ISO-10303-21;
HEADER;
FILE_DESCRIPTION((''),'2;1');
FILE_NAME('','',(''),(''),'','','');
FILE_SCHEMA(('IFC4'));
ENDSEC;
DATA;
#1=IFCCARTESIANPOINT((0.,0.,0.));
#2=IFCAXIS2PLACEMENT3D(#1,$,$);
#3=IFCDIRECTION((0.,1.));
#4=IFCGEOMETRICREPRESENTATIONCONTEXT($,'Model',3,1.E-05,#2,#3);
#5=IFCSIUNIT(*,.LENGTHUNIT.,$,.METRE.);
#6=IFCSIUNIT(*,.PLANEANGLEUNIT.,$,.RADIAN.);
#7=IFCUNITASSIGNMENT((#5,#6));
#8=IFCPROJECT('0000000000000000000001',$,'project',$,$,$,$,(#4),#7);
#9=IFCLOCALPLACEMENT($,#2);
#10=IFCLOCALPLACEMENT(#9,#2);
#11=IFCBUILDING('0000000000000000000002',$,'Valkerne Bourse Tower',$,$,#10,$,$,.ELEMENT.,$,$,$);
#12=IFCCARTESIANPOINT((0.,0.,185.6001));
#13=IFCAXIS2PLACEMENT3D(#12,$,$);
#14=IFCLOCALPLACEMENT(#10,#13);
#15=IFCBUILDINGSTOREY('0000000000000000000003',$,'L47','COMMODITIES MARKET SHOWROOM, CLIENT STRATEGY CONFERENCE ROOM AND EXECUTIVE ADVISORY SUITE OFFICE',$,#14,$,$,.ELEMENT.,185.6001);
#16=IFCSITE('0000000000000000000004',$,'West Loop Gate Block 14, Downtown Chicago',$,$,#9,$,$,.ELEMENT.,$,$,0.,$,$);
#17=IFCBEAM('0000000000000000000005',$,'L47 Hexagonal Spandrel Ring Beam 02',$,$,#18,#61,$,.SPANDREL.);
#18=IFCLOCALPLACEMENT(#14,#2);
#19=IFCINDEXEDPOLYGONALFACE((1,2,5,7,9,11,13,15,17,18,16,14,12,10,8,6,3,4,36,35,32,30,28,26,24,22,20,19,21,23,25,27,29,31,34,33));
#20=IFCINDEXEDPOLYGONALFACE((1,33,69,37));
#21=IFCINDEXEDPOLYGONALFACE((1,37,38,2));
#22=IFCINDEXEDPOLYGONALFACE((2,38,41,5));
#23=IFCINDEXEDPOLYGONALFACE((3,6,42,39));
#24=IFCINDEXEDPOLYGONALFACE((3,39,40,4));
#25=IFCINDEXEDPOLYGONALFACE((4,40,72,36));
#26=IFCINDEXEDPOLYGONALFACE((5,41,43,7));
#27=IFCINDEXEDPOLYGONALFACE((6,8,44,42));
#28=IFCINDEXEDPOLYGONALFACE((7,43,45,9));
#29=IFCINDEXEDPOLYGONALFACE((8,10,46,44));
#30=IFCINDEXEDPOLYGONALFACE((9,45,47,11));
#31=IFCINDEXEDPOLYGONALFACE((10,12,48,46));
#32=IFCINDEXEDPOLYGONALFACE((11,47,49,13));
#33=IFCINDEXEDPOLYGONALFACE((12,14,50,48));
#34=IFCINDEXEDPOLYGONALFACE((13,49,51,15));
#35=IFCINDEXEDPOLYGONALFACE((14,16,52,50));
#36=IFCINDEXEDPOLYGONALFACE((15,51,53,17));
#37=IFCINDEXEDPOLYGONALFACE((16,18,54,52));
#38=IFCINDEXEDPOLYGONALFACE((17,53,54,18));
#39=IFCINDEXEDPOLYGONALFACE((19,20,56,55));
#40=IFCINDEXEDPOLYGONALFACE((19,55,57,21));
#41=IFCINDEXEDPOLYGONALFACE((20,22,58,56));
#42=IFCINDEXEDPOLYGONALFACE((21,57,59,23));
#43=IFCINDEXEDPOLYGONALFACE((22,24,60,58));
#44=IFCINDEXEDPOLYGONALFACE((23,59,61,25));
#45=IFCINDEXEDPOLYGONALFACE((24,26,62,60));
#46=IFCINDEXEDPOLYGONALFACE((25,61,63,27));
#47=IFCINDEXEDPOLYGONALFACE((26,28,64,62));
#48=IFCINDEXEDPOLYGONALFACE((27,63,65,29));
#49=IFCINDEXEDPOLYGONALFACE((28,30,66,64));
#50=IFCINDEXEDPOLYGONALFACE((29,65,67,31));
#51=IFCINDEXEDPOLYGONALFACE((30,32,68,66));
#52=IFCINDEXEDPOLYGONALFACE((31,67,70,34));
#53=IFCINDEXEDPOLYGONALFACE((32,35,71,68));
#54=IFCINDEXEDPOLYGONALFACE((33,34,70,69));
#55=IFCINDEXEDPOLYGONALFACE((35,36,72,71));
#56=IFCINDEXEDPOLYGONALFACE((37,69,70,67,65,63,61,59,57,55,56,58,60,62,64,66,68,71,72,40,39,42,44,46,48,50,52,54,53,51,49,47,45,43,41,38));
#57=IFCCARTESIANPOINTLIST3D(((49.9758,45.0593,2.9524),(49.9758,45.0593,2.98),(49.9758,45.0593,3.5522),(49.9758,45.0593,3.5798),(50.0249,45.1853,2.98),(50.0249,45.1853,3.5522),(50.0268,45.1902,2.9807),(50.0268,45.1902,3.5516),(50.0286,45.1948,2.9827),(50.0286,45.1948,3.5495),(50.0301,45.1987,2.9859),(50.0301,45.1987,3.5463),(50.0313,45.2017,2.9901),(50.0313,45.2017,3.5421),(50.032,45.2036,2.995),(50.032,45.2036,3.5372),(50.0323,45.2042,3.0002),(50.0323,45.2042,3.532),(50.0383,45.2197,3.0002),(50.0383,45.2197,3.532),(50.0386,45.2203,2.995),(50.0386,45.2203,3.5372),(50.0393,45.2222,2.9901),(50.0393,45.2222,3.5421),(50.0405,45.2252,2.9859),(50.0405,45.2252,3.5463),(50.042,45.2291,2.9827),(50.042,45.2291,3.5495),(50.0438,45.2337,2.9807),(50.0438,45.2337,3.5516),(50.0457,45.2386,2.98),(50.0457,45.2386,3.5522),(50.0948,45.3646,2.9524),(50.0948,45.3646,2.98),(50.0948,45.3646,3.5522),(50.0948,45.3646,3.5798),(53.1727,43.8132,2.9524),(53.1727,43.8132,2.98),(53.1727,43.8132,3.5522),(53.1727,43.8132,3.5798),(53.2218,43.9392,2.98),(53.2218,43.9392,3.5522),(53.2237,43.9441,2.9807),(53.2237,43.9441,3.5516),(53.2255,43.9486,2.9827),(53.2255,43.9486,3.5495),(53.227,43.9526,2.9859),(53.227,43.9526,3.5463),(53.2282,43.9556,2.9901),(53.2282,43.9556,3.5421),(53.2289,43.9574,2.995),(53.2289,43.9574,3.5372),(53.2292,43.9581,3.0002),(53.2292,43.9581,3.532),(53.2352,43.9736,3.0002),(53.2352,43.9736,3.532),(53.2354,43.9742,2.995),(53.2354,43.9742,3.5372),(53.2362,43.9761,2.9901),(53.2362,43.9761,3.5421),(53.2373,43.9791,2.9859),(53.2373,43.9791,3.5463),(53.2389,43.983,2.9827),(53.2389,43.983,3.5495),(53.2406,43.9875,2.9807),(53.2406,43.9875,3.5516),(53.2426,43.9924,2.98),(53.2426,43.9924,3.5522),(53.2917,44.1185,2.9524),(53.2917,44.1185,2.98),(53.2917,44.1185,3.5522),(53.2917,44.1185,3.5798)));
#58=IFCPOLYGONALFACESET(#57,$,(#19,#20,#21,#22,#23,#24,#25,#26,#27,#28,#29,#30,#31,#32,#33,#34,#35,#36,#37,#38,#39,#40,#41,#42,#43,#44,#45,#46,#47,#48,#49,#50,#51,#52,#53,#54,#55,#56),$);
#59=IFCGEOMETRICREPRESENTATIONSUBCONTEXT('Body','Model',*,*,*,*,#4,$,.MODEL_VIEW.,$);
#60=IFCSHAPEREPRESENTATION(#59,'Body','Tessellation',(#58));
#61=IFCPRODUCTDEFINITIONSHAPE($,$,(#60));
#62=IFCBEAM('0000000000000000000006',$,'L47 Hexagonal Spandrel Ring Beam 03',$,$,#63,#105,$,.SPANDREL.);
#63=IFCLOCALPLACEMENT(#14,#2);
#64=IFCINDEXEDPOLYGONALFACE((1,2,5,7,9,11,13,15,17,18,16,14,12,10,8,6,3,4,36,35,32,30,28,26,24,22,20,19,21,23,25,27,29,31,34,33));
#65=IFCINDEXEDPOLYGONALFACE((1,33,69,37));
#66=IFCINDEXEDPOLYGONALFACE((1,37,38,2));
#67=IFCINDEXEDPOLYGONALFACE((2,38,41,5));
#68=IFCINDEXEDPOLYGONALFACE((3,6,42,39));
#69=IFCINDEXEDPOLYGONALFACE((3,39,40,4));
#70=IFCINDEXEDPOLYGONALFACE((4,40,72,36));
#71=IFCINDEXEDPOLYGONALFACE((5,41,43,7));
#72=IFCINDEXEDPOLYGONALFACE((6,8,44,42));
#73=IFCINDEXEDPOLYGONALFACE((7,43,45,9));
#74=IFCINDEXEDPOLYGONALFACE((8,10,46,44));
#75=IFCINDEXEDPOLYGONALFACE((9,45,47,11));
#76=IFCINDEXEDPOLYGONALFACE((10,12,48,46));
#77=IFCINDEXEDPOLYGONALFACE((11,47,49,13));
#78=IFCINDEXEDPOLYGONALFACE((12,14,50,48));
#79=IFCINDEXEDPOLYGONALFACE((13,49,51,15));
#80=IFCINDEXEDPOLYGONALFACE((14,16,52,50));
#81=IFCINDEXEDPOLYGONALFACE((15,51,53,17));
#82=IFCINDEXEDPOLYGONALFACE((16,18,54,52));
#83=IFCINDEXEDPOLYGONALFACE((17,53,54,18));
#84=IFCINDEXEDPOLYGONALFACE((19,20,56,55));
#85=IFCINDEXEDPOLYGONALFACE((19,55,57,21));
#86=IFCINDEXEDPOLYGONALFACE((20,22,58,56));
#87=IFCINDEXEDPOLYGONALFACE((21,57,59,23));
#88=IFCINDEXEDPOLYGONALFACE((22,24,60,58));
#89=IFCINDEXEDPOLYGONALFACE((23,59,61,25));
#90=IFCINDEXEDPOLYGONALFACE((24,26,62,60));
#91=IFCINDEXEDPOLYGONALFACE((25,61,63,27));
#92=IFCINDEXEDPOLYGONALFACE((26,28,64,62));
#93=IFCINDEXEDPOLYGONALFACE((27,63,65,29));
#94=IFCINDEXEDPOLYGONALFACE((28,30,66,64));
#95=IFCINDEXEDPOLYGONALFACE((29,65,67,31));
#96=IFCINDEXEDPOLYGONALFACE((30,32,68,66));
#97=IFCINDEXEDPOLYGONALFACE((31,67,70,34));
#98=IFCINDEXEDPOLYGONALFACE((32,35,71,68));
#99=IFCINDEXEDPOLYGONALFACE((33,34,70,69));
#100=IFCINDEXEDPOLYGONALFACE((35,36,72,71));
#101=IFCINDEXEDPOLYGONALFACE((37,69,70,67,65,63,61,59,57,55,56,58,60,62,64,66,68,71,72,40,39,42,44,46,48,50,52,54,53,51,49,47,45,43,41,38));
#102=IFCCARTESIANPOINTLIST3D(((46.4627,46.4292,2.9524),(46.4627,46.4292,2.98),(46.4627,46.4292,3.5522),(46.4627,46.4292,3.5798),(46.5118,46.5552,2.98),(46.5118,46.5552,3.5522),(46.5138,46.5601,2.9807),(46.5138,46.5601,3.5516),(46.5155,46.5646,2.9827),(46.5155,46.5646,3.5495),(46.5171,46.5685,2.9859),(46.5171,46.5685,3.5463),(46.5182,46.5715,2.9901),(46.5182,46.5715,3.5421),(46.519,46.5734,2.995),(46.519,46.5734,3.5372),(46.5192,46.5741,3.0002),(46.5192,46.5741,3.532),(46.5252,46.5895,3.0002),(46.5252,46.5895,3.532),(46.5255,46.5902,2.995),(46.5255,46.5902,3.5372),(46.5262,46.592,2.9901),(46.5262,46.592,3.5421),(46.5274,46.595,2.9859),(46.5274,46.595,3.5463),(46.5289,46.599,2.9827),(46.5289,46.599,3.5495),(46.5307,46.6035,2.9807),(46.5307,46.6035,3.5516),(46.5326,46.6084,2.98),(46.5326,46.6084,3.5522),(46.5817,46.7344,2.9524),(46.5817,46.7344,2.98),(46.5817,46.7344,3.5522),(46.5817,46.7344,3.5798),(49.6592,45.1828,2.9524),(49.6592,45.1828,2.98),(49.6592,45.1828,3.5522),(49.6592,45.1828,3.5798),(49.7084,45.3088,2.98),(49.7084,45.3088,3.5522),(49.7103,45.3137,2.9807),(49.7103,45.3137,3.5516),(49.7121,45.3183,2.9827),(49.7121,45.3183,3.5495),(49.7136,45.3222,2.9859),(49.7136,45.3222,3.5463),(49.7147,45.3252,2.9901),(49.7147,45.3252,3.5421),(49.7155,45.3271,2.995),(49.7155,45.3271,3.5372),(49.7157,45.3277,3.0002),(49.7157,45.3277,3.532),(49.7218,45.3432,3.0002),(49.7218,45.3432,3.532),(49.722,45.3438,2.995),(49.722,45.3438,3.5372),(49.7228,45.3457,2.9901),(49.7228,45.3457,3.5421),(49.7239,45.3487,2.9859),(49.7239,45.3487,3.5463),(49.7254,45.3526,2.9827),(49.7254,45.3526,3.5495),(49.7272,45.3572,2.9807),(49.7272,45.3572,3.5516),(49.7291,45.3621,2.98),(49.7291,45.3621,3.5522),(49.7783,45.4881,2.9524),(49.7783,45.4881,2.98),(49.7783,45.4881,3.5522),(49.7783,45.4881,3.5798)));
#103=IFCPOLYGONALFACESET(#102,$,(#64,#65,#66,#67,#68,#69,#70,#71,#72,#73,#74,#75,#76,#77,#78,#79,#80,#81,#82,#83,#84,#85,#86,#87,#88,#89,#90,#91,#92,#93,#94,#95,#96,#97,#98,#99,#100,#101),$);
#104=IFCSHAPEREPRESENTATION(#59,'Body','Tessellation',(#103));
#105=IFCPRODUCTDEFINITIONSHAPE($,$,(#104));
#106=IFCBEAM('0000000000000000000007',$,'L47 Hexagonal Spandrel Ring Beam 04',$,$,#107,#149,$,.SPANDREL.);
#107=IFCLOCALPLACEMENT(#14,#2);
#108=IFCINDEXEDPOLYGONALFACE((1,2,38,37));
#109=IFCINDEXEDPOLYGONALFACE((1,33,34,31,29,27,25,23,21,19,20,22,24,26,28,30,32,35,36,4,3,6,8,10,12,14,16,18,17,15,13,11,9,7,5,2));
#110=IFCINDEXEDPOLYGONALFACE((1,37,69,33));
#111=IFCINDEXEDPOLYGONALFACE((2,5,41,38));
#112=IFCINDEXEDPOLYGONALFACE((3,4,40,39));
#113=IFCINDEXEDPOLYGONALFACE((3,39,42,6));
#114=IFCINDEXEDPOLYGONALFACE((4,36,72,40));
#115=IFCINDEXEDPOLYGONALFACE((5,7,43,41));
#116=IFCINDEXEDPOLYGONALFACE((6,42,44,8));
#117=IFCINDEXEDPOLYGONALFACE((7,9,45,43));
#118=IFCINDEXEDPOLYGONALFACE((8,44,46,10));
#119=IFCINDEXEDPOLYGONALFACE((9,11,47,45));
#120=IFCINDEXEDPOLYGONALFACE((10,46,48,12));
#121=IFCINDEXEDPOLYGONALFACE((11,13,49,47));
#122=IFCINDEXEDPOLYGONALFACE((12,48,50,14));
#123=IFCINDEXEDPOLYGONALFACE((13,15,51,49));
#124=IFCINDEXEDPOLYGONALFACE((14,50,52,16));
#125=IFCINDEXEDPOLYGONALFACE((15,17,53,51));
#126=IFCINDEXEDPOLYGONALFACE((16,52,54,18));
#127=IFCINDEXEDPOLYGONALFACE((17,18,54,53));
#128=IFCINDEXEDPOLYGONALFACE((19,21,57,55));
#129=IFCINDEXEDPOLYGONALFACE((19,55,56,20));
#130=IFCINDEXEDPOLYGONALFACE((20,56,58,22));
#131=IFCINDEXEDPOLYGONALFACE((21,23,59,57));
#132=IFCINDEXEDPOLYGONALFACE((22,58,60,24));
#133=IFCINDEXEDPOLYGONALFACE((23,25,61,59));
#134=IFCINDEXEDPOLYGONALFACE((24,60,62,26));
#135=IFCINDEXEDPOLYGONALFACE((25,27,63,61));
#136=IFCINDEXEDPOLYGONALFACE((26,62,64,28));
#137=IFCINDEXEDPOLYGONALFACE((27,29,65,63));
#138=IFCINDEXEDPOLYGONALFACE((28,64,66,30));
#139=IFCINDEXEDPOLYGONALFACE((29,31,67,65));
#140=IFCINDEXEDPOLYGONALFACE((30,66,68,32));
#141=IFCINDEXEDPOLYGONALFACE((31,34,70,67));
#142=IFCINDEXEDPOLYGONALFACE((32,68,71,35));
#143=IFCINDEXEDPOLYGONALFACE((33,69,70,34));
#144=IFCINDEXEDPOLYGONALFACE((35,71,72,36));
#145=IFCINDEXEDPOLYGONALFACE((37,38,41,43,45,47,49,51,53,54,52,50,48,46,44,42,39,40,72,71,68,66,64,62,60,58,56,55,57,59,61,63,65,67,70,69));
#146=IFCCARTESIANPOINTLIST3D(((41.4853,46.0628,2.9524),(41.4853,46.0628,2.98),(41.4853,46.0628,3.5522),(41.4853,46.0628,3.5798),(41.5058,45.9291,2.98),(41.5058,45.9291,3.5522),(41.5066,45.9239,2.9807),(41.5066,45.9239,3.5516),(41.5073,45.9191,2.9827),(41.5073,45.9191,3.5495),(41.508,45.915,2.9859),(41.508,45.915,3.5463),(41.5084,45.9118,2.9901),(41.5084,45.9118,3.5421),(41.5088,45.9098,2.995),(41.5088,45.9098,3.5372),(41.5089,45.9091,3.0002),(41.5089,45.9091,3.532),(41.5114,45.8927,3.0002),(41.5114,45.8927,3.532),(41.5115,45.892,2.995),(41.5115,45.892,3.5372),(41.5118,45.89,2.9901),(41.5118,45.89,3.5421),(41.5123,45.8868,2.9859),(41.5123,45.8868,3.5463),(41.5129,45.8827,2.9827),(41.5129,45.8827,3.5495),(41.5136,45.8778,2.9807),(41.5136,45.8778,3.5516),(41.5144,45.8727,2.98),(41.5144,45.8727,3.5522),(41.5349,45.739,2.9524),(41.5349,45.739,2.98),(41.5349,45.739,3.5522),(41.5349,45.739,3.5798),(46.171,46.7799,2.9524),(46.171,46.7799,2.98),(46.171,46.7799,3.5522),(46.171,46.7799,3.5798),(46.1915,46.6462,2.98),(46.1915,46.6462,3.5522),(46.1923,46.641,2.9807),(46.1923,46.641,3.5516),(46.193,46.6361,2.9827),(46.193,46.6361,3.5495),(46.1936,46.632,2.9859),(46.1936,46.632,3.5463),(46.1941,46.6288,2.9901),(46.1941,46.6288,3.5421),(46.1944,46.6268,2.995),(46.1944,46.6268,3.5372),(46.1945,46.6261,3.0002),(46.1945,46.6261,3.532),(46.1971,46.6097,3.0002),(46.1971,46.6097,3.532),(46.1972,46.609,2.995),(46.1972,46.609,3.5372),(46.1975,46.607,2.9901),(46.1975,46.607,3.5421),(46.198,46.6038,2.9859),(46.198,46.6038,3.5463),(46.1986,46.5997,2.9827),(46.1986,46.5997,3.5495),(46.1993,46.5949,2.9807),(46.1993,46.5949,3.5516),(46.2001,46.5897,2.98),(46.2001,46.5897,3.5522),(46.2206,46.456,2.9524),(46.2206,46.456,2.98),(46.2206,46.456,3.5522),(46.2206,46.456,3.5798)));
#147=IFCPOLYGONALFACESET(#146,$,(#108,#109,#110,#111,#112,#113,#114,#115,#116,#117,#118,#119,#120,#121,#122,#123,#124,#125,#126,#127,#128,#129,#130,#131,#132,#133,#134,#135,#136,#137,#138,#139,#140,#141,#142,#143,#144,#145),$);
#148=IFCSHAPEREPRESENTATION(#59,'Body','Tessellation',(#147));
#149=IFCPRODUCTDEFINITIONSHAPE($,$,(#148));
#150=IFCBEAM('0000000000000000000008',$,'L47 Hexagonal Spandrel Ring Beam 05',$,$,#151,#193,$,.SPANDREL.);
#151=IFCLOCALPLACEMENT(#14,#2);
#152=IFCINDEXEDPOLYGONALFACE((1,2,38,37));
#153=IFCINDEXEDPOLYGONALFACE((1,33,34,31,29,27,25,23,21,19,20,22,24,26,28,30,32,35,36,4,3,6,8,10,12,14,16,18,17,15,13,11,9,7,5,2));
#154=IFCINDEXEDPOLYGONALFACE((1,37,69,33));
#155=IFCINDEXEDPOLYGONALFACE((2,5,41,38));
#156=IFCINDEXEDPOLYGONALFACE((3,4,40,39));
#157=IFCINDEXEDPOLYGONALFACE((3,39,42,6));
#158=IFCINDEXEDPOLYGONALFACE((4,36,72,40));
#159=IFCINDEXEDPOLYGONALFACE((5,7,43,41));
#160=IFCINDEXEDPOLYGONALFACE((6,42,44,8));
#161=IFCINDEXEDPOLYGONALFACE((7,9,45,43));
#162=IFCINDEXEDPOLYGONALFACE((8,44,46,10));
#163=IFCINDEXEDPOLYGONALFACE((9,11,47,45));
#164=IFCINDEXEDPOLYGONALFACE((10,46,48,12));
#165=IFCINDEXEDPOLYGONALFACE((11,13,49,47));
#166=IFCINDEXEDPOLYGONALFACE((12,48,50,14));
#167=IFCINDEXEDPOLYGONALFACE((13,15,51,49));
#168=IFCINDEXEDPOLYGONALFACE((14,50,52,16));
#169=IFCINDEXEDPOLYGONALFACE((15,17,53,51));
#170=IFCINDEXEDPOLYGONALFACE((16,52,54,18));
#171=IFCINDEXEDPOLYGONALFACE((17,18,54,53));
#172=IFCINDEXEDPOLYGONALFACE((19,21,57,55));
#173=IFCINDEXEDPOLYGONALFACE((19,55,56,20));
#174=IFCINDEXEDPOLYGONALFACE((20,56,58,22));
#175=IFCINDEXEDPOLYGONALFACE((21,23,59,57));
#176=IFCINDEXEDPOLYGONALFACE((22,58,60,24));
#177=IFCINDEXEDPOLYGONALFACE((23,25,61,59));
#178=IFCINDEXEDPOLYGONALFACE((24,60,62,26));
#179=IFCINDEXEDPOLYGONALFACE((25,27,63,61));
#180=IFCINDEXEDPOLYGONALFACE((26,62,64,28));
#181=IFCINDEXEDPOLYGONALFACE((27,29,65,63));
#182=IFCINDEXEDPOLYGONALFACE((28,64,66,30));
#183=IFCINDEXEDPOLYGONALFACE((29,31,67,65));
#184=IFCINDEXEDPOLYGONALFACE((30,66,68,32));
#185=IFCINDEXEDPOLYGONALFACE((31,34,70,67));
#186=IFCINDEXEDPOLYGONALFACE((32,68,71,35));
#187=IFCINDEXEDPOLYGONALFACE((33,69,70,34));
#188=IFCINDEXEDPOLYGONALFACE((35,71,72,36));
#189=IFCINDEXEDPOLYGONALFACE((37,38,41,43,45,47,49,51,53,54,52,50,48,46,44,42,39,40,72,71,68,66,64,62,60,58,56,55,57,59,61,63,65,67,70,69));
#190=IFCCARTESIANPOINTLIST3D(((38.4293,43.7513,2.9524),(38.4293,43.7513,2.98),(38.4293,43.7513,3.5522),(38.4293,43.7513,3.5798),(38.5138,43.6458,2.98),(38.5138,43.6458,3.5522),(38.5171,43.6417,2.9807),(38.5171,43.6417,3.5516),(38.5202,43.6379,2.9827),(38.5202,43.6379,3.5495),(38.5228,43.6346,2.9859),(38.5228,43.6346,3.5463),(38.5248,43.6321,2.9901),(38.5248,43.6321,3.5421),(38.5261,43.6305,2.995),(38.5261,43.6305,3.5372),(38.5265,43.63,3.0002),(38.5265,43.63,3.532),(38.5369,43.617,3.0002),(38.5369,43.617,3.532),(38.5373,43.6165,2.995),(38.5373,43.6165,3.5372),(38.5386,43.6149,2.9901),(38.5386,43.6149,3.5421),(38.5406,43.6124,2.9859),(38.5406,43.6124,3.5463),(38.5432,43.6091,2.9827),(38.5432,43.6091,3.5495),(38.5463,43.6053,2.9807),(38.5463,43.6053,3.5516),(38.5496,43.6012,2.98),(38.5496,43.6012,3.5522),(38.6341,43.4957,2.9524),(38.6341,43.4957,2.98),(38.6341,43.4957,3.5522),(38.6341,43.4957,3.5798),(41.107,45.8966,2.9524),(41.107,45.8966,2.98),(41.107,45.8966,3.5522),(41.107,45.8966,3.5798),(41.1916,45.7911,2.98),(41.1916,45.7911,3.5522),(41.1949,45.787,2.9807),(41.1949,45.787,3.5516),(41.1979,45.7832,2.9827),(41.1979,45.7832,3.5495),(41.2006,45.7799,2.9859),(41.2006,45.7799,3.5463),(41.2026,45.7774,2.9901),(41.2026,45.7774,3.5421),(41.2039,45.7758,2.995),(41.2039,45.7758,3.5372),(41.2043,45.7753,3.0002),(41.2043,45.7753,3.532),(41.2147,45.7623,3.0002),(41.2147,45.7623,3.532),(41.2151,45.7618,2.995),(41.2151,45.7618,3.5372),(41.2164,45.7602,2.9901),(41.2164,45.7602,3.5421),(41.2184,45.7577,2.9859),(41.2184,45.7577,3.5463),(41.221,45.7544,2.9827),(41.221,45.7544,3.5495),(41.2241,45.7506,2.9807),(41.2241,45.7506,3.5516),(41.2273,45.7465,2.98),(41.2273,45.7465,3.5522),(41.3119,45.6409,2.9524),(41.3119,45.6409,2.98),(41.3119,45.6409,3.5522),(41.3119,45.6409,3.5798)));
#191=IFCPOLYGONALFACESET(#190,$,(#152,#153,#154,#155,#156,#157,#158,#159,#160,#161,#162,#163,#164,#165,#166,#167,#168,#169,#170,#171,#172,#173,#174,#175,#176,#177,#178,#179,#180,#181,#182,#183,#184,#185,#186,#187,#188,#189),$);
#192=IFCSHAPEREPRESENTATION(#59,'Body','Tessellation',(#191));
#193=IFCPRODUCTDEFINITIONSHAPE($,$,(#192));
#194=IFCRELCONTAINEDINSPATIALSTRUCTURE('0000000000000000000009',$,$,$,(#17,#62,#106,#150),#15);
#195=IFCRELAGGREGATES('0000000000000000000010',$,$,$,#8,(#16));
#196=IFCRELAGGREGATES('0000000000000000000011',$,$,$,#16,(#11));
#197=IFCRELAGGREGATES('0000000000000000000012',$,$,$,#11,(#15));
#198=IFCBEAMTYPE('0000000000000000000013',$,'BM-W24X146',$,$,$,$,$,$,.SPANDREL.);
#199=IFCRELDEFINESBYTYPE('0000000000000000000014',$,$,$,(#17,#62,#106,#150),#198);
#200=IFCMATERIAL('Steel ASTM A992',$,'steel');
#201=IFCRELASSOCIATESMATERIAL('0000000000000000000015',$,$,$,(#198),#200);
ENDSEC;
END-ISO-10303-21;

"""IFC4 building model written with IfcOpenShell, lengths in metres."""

from ifc_helpers import new_model, si_unit, direction, frame, origin, origin_2d, place, context, subcontext, project, spatial, i_section, extrude, material, material_profile, profile_set, type_object, element, save


model = new_model("IFC4")

# Units and contexts
model_context = context("Model", 3, precision=1e-05, world=origin(), true_north=direction((0.0, 1.0)))
body_context = subcontext(model_context, "Body", "Model", "MODEL_VIEW")
ifc_project = project(units=[si_unit("LENGTHUNIT", "METRE"), si_unit("PLANEANGLEUNIT", "RADIAN")], contexts=[model_context])

# Site, building, storey
site_placement = place(None, origin())
site = spatial("IfcSite", under=ifc_project, at=site_placement, Name="West Loop Gate Block 14, Downtown Chicago", CompositionType="ELEMENT", RefElevation=0.0)
building_placement = place(site_placement, origin())
building = spatial("IfcBuilding", under=site, at=building_placement, Name="Valkerne Bourse Tower", CompositionType="ELEMENT")
storey_placement = place(building_placement, frame((0.0, 0.0, 185.6001)))
storey = spatial("IfcBuildingStorey", under=building, at=storey_placement, Name="L47", Description="COMMODITIES MARKET SHOWROOM, CLIENT STRATEGY CONFERENCE ROOM AND EXECUTIVE ADVISORY SUITE OFFICE", CompositionType="ELEMENT", Elevation=185.6001)

# Beams
ifc_material_1 = material(Name="Steel ASTM A992", Category="steel")
ifc_material_profile_1 = material_profile(ifc_material_1, i_section(OverallWidth=0.3276, OverallDepth=0.6274, WebThickness=0.0166, FlangeThickness=0.0276, FilletRadius=0.0203, at=origin_2d()), Name="W24X146")
ifc_profile_set_1 = profile_set([ifc_material_profile_1], Name="Steel ASTM A992")
beam_type_1 = type_object("IfcBeamType", Name="BM-W24X146", PredefinedType="SPANDREL", material=ifc_profile_set_1)
beam_1_placement = place(storey_placement, frame((53.2322, 43.9658, 3.2661), z_axis=(-0.931719, 0.363181, 0.0), x_axis=(-0.363181, -0.931719, 0.0)))
element("IfcBeam", 1, at=beam_1_placement, inside=storey, type_object=beam_type_1, Name="L47 Hexagonal Spandrel Ring Beam 02", PredefinedType="SPANDREL", context=body_context, shape_type="SweptSolid", body=[
    extrude(i_section(OverallWidth=0.3276, OverallDepth=0.6274, WebThickness=0.0166, FlangeThickness=0.0276, FilletRadius=0.0203, at=origin_2d()), origin(), (0.0, 0.0, 1.0), 3.4312),
])
beam_2_placement = place(storey_placement, frame((49.7188, 45.3354, 3.2661), z_axis=(-0.931685, 0.363267, 0.0), x_axis=(-0.363267, -0.931685, 0.0)))
element("IfcBeam", 2, at=beam_2_placement, inside=storey, type_object=beam_type_1, Name="L47 Hexagonal Spandrel Ring Beam 03", PredefinedType="SPANDREL", context=body_context, shape_type="SweptSolid", body=[
    extrude(i_section(OverallWidth=0.3276, OverallDepth=0.6274, WebThickness=0.0166, FlangeThickness=0.0276, FilletRadius=0.0203, at=origin_2d()), origin(), (0.0, 0.0, 1.0), 3.4309),
])
beam_3_placement = place(storey_placement, frame((46.1958, 46.6179, 3.2661), z_axis=(-0.988493, -0.151264, 0.0), x_axis=(0.151264, -0.988493, 0.0)))
element("IfcBeam", 3, at=beam_3_placement, inside=storey, type_object=beam_type_1, Name="L47 Hexagonal Spandrel Ring Beam 04", PredefinedType="SPANDREL", context=body_context, shape_type="SweptSolid", body=[
    extrude(i_section(OverallWidth=0.3276, OverallDepth=0.6274, WebThickness=0.0166, FlangeThickness=0.0276, FilletRadius=0.0203, at=origin_2d()), origin(), (0.0, 0.0, 1.0), 4.7402),
])
beam_4_placement = place(storey_placement, frame((41.2095, 45.7688, 3.2661), z_axis=(-0.780431, -0.625242, 0.0), x_axis=(0.625242, -0.780431, 0.0)))
element("IfcBeam", 4, at=beam_4_placement, inside=storey, type_object=beam_type_1, Name="L47 Hexagonal Spandrel Ring Beam 05", PredefinedType="SPANDREL", context=body_context, shape_type="SweptSolid", body=[
    extrude(i_section(OverallWidth=0.3276, OverallDepth=0.6274, WebThickness=0.0166, FlangeThickness=0.0276, FilletRadius=0.0203, at=origin_2d()), origin(), (0.0, 0.0, 1.0), 3.4312),
])

save(model, "model.ifc")
